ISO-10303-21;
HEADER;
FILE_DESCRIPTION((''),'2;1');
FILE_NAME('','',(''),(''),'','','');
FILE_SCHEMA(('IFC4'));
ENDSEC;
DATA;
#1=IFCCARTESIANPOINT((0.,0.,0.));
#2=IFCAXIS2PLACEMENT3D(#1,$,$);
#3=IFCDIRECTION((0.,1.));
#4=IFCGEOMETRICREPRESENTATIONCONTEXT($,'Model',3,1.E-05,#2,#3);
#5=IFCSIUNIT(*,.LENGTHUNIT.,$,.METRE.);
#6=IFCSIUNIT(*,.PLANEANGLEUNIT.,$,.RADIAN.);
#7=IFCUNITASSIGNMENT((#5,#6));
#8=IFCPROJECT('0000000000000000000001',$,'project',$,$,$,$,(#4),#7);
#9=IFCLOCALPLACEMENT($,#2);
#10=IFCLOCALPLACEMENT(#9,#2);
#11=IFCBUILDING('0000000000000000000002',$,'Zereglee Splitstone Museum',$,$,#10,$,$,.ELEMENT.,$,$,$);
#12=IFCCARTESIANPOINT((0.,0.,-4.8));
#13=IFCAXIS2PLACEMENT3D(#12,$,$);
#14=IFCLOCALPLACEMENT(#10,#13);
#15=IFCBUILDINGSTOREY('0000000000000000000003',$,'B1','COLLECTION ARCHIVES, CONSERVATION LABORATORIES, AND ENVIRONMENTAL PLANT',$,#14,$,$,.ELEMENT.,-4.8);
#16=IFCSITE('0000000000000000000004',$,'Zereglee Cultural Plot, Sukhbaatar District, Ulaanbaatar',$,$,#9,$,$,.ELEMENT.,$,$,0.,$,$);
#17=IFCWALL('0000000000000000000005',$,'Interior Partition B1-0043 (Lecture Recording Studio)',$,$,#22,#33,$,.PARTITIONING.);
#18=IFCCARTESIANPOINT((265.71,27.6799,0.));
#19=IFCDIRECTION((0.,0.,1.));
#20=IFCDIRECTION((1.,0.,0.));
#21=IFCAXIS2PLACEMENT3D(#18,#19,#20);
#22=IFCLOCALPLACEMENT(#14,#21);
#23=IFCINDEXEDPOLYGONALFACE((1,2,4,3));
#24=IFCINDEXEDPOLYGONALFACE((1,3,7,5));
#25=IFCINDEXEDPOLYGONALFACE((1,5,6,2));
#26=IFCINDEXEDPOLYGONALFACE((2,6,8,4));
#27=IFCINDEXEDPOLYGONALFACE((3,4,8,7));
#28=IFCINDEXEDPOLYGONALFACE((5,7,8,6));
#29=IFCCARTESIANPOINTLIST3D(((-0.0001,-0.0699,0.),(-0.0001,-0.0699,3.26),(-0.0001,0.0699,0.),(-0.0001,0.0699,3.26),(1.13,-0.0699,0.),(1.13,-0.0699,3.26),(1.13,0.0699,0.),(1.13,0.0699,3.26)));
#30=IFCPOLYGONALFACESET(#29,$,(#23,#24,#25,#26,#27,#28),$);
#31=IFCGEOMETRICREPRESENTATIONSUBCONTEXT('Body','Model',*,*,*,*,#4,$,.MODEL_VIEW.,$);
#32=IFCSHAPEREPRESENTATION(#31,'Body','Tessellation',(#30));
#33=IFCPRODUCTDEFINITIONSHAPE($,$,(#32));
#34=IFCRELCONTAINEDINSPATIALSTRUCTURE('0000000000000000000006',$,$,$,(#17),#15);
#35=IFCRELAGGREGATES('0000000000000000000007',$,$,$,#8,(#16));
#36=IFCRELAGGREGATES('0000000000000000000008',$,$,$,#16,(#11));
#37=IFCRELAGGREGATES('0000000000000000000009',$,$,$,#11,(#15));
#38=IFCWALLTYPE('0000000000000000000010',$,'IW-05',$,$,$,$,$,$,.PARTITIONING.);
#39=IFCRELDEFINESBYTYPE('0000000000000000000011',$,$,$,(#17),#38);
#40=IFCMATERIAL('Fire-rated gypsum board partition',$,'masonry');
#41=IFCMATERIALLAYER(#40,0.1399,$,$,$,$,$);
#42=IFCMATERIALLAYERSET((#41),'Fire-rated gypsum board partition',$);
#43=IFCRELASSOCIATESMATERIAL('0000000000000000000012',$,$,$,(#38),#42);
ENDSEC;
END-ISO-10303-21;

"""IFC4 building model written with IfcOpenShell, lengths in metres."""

from ifc_helpers import new_model, si_unit, direction, frame, frame_2d, origin, place, context, subcontext, project, spatial, rectangle, extrude, material, layer, layer_set, type_object, element, save


model = new_model("IFC4")

# Units and contexts
model_context = context("Model", 3, precision=1e-05, world=origin(), true_north=direction((0.0, 1.0)))
body_context = subcontext(model_context, "Body", "Model", "MODEL_VIEW")
ifc_project = project(units=[si_unit("LENGTHUNIT", "METRE"), si_unit("PLANEANGLEUNIT", "RADIAN")], contexts=[model_context])

# Site, building, storey
site_placement = place(None, origin())
site = spatial("IfcSite", under=ifc_project, at=site_placement, Name="Zereglee Cultural Plot, Sukhbaatar District, Ulaanbaatar", CompositionType="ELEMENT", RefElevation=0.0)
building_placement = place(site_placement, origin())
building = spatial("IfcBuilding", under=site, at=building_placement, Name="Zereglee Splitstone Museum", CompositionType="ELEMENT")
storey_placement = place(building_placement, frame((0.0, 0.0, -4.8)))
storey = spatial("IfcBuildingStorey", under=building, at=storey_placement, Name="B1", Description="COLLECTION ARCHIVES, CONSERVATION LABORATORIES, AND ENVIRONMENTAL PLANT", CompositionType="ELEMENT", Elevation=-4.8)

# Wall
ifc_material_1 = material(Name="Fire-rated gypsum board partition", Category="masonry")
ifc_layer_1 = layer(ifc_material_1, 0.1399)
ifc_layer_set_1 = layer_set([ifc_layer_1], Name="Fire-rated gypsum board partition")
wall_type_1 = type_object("IfcWallType", Name="IW-05", PredefinedType="PARTITIONING", material=ifc_layer_set_1)
wall_1_placement = place(storey_placement, frame((265.71, 27.6799, 0.0), z_axis=(0.0, 0.0, 1.0), x_axis=(1.0, 0.0, 0.0)))
element("IfcWall", 1, at=wall_1_placement, inside=storey, type_object=wall_type_1, Name="Interior Partition B1-0043 (Lecture Recording Studio)", PredefinedType="PARTITIONING", context=body_context, shape_type="SweptSolid", body=[
    extrude(rectangle(XDim=1.1301, YDim=0.1399, at=frame_2d((0.5649, 0.0))), origin(), (0.0, 0.0, 1.0), 3.26),
])

save(model, "model.ifc")
